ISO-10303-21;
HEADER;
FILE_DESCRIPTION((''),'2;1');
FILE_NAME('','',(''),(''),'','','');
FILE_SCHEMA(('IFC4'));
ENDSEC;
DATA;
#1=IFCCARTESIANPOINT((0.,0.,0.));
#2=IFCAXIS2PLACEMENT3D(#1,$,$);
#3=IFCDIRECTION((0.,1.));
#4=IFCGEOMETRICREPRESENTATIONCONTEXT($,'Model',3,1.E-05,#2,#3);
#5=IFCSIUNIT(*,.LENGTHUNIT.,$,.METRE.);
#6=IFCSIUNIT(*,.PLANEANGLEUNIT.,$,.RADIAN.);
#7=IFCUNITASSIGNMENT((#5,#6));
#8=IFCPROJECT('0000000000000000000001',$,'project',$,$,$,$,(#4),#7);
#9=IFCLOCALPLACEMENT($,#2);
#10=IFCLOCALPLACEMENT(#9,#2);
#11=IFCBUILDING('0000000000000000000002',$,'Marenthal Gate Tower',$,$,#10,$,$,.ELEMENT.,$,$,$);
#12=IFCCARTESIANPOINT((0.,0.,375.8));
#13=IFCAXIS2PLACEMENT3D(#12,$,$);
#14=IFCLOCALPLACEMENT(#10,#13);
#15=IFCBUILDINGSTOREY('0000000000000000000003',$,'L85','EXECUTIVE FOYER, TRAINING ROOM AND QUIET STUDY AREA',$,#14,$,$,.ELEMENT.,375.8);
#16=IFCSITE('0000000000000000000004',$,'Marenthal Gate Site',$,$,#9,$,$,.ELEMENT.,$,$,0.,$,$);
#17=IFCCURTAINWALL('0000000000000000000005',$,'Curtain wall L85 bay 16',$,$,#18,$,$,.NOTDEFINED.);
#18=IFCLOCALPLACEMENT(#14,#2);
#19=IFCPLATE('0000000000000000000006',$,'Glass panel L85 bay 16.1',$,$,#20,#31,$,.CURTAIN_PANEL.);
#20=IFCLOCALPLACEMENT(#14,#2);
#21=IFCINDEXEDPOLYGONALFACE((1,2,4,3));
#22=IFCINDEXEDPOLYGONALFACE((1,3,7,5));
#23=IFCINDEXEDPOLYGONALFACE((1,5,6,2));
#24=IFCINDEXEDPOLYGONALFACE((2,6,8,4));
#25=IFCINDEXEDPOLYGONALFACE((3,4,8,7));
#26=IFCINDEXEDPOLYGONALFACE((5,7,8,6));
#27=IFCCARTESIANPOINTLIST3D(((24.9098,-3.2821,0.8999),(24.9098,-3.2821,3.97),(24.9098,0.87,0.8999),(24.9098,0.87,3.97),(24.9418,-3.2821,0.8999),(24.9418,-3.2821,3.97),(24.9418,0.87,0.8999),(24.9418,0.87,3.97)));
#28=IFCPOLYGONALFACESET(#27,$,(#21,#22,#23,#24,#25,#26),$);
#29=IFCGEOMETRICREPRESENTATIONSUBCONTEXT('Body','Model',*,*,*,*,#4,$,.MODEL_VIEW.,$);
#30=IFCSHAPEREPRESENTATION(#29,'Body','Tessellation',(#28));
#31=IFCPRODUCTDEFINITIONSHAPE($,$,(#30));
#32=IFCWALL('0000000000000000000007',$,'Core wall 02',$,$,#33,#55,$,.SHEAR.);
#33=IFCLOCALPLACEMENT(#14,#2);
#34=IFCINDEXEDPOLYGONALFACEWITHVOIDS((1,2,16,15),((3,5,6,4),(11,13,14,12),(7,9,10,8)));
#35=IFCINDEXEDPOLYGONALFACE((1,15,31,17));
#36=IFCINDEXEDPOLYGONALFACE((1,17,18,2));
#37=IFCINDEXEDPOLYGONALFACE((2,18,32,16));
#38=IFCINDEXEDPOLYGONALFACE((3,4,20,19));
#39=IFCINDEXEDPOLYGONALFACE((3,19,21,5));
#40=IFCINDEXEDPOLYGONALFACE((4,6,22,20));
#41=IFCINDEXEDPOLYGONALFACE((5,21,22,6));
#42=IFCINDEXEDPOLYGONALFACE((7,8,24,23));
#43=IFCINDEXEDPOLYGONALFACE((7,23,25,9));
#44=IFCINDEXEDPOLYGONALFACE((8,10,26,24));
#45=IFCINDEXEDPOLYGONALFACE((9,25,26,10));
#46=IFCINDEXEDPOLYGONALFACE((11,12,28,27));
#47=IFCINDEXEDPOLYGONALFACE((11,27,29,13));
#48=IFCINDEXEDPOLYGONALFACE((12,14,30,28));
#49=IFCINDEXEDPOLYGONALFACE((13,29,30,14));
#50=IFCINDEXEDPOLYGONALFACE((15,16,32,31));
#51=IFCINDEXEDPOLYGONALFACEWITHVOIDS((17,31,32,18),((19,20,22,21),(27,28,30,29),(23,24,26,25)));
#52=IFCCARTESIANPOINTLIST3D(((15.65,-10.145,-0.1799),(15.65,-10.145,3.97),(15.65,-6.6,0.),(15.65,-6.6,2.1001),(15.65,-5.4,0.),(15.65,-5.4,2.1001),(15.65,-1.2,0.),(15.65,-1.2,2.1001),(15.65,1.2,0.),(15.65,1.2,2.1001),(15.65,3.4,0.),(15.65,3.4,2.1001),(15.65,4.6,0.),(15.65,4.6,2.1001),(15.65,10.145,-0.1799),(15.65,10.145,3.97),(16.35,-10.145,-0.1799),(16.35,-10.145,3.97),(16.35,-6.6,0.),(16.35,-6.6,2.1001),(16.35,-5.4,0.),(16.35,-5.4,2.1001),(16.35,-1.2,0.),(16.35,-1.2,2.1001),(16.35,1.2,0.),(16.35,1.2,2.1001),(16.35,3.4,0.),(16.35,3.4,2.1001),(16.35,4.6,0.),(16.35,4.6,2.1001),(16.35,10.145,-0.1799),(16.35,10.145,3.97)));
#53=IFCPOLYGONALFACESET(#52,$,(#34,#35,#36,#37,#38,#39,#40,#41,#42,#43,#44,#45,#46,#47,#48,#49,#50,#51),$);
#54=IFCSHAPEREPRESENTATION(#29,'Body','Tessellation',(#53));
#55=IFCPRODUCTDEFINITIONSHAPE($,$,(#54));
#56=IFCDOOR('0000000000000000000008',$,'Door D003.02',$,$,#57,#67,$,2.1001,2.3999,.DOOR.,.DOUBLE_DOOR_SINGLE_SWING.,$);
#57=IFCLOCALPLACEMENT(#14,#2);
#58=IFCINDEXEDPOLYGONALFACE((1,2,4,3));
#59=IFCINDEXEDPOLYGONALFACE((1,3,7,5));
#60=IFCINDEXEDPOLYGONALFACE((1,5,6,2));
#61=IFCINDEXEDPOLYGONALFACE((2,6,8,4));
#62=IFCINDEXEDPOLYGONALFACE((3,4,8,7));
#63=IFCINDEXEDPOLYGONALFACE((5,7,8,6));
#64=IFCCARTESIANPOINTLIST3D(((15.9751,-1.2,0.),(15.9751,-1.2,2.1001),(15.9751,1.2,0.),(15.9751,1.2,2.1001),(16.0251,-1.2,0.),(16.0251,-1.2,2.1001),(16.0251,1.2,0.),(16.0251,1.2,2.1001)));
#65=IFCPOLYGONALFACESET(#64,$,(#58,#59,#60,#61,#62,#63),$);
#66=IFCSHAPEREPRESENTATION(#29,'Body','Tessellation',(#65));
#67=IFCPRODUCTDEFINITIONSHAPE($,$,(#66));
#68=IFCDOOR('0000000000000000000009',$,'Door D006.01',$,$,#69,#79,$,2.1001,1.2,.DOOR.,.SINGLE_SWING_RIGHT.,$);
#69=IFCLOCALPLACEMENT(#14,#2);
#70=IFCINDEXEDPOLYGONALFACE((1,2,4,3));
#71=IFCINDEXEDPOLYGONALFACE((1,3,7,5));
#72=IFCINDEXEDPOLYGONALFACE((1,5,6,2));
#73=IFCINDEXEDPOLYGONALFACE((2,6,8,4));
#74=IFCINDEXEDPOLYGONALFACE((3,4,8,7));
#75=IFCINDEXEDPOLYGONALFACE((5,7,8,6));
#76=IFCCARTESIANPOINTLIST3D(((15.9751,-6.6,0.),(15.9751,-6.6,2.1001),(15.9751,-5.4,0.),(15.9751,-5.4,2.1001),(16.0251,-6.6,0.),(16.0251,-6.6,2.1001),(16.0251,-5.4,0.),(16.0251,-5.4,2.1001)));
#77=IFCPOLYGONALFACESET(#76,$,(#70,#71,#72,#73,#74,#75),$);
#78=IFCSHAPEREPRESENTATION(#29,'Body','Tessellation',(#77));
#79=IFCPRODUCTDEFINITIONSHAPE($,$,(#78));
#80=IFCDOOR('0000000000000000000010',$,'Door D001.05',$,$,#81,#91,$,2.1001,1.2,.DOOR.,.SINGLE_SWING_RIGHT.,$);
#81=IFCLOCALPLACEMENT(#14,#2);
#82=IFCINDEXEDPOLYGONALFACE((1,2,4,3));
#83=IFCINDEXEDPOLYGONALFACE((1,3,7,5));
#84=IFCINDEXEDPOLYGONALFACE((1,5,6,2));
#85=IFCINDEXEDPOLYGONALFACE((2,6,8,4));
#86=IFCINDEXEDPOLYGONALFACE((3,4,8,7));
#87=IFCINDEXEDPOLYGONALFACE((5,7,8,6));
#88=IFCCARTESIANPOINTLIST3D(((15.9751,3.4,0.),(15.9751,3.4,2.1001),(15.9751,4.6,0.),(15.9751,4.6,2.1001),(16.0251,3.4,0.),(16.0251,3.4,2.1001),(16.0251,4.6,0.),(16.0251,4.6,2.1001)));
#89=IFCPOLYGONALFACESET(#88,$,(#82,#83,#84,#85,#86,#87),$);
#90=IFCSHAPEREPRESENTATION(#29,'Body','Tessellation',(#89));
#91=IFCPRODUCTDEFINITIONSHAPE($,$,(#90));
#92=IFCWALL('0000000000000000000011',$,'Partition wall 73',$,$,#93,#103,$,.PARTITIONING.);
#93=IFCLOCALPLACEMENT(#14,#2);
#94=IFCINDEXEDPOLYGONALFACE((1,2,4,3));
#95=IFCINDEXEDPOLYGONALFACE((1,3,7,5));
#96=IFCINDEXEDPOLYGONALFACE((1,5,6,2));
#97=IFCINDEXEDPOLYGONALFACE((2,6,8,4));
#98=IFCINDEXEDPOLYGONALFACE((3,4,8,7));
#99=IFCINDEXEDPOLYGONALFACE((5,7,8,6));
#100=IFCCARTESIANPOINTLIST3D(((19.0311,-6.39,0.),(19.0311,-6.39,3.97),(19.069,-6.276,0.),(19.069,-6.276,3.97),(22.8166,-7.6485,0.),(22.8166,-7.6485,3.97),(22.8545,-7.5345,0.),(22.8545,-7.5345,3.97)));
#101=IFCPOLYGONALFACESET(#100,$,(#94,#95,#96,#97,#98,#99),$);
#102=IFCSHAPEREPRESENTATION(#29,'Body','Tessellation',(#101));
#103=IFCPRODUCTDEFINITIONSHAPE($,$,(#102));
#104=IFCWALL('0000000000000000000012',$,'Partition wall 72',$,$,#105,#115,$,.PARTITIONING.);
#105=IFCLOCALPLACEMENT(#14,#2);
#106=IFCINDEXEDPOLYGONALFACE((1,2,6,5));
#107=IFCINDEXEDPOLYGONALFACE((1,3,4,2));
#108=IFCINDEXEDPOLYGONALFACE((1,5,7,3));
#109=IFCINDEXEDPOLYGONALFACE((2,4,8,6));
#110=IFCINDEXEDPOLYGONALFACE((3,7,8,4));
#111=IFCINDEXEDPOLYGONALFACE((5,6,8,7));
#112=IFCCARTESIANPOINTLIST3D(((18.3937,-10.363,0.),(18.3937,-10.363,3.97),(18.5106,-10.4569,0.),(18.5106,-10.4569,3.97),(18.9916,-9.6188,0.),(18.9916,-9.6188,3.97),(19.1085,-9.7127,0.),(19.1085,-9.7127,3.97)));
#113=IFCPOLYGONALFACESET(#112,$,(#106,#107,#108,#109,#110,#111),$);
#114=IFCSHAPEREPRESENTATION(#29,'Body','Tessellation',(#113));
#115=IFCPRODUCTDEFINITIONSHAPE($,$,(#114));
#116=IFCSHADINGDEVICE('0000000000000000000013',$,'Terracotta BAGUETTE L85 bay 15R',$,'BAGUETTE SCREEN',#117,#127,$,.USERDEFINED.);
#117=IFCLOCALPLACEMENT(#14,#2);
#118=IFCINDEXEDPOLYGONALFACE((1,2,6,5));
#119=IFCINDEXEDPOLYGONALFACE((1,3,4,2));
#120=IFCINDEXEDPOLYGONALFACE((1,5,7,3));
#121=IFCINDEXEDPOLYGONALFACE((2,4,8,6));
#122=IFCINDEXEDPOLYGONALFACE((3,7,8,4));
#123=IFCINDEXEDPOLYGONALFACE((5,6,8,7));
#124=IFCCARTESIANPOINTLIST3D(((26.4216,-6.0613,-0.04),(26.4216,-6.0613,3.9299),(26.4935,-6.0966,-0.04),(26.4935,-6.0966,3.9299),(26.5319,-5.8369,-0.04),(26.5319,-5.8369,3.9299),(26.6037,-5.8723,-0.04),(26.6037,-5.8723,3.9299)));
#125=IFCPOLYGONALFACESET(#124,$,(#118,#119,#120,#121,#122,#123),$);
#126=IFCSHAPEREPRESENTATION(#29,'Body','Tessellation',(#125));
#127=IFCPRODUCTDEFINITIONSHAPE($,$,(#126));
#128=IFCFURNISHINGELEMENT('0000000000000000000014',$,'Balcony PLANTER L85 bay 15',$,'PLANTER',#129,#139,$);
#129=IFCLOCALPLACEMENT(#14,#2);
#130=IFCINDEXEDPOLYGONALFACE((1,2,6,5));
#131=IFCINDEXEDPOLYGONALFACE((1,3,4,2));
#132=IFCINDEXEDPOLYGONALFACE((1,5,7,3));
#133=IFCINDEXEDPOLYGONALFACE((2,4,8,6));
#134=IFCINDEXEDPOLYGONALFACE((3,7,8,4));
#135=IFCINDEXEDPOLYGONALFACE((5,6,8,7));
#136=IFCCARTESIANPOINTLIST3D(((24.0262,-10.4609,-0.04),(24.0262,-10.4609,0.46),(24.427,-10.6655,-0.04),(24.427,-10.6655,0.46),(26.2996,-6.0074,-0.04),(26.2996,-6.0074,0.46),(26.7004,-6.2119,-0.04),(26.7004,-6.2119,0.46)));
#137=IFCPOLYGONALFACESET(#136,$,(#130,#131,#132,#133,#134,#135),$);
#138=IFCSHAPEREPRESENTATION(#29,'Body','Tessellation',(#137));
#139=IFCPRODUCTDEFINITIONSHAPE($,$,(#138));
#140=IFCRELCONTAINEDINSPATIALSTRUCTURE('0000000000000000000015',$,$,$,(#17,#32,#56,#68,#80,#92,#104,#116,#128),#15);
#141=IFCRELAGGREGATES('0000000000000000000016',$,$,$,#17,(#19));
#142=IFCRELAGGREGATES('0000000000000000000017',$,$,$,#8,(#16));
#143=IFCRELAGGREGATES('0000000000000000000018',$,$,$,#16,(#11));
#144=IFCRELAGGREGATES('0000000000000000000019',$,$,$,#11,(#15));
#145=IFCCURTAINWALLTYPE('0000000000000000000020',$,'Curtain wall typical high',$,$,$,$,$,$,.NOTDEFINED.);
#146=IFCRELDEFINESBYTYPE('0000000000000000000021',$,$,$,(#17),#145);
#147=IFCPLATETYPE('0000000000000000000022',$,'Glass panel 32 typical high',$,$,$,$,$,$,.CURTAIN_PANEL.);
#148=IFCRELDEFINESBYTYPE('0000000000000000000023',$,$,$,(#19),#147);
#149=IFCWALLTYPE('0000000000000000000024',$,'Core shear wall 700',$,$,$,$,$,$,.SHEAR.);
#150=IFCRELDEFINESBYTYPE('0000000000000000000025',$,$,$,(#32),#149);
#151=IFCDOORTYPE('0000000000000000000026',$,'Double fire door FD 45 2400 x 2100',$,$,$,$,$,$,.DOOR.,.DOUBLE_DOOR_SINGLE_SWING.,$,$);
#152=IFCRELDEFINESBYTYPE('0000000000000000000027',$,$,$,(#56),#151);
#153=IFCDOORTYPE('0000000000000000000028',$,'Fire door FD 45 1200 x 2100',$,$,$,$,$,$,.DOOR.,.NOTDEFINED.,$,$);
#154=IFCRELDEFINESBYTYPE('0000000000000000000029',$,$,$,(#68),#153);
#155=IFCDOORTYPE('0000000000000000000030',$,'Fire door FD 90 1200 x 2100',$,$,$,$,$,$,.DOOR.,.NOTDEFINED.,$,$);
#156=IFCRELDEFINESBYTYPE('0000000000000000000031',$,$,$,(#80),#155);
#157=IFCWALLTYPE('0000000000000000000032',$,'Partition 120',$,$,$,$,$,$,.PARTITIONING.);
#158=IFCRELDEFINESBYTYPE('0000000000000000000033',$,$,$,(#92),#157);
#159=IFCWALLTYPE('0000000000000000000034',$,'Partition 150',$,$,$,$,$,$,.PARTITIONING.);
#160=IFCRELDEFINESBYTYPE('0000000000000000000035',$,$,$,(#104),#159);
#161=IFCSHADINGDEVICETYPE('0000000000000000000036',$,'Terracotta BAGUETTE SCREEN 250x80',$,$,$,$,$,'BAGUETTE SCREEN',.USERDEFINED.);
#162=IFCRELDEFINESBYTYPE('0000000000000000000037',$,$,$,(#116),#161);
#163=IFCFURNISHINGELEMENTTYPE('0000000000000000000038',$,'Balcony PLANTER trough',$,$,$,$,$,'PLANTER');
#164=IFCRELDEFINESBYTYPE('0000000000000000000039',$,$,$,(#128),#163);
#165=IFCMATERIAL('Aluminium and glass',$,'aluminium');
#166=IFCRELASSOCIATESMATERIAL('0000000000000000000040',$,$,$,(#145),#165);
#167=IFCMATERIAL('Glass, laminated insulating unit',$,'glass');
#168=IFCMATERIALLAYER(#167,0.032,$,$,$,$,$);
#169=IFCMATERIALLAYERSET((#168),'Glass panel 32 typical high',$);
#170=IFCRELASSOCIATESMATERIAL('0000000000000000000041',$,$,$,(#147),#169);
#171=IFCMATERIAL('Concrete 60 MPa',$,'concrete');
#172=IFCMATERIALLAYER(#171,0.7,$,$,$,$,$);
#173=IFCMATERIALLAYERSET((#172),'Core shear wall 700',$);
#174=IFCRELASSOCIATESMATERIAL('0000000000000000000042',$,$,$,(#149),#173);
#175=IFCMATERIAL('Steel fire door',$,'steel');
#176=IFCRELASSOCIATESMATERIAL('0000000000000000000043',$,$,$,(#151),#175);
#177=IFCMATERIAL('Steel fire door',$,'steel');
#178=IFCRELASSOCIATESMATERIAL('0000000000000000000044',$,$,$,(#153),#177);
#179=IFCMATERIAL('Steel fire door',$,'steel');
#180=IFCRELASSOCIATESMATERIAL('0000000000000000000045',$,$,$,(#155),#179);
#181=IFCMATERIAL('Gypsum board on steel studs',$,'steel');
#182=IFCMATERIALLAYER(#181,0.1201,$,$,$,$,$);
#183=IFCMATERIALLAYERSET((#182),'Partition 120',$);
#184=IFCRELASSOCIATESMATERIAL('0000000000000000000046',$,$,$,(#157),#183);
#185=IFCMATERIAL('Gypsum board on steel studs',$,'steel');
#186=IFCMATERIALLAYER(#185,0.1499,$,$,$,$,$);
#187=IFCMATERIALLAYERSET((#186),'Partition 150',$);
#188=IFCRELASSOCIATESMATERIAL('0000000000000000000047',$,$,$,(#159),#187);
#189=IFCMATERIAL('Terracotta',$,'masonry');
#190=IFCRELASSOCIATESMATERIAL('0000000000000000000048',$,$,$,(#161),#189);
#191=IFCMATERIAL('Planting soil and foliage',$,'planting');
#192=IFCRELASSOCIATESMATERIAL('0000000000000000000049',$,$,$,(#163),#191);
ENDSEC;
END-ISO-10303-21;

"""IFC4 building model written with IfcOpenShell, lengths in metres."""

from ifc_helpers import new_model, si_unit, direction, frame, frame_2d, origin, origin_2d, place, context, subcontext, project, spatial, rectangle, extrude, material, layer, layer_set, material_profile, profile_set, type_object, element, fill, aggregate, save


model = new_model("IFC4")

# Units and contexts
model_context = context("Model", 3, precision=1e-05, world=origin(), true_north=direction((0.0, 1.0)))
body_context = subcontext(model_context, "Body", "Model", "MODEL_VIEW")
ifc_project = project(units=[si_unit("LENGTHUNIT", "METRE"), si_unit("PLANEANGLEUNIT", "RADIAN")], contexts=[model_context])

# Site, building, storey
site_placement = place(None, origin())
site = spatial("IfcSite", under=ifc_project, at=site_placement, Name="Marenthal Gate Site", CompositionType="ELEMENT", RefElevation=0.0)
building_placement = place(site_placement, origin())
building = spatial("IfcBuilding", under=site, at=building_placement, Name="Marenthal Gate Tower", CompositionType="ELEMENT")
storey_placement = place(building_placement, frame((0.0, 0.0, 375.8)))
storey = spatial("IfcBuildingStorey", under=building, at=storey_placement, Name="L85", Description="EXECUTIVE FOYER, TRAINING ROOM AND QUIET STUDY AREA", CompositionType="ELEMENT", Elevation=375.8)

# Curtain wall
ifc_material_1 = material(Name="Aluminium and glass", Category="aluminium")
curtain_wall_type = type_object("IfcCurtainWallType", Name="Curtain wall typical high", PredefinedType="NOTDEFINED", material=ifc_material_1)
curtain_wall_placement = place(storey_placement, origin())
curtain_wall = element("IfcCurtainWall", 1, at=curtain_wall_placement, inside=storey, type_object=curtain_wall_type, Name="Curtain wall L85 bay 16", PredefinedType="NOTDEFINED")

# Plate
ifc_material_2 = material(Name="Glass, laminated insulating unit", Category="glass")
ifc_layer_1 = layer(ifc_material_2, 0.032)
ifc_layer_set_1 = layer_set([ifc_layer_1], Name="Glass panel 32 typical high")
plate_type = type_object("IfcPlateType", Name="Glass panel 32 typical high", PredefinedType="CURTAIN_PANEL", material=ifc_layer_set_1)
plate_placement = place(storey_placement, frame((24.9258, -1.2061, 0.8999), z_axis=(0.0, 0.0, 1.0), x_axis=(0.0, 1.0, 0.0)))
plate = element("IfcPlate", 2, at=plate_placement, type_object=plate_type, Name="Glass panel L85 bay 16.1", PredefinedType="CURTAIN_PANEL", context=body_context, shape_type="SweptSolid", body=[
    extrude(rectangle(XDim=4.1521, YDim=0.032, at=origin_2d()), origin(), (0.0, 0.0, 1.0), 3.0701),
])
aggregate(curtain_wall, [plate])

# Wall, openings, doors
ifc_material_3 = material(Name="Concrete 60 MPa", Category="concrete")
ifc_layer_2 = layer(ifc_material_3, 0.7)
ifc_layer_set_2 = layer_set([ifc_layer_2], Name="Core shear wall 700")
wall_type_1 = type_object("IfcWallType", Name="Core shear wall 700", PredefinedType="SHEAR", material=ifc_layer_set_2)
wall_1_placement = place(storey_placement, frame((16.0, -10.145, -0.1799), z_axis=(0.0, 0.0, 1.0), x_axis=(0.0, 1.0, 0.0)))
wall_1 = element("IfcWall", 3, at=wall_1_placement, inside=storey, type_object=wall_type_1, Name="Core wall 02", PredefinedType="SHEAR", context=body_context, shape_type="SweptSolid", body=[
    extrude(rectangle(XDim=20.29, YDim=0.7, at=frame_2d((10.145, 0.0))), origin(), (0.0, 0.0, 1.0), 4.1499),
])
opening_1_placement = place(wall_1_placement, frame((8.9451, 0.0, 0.1799)))
opening_1 = element("IfcOpeningElement", 4, at=opening_1_placement, cuts=wall_1, PredefinedType="OPENING", context=body_context, shape_type="SweptSolid", body=[
    extrude(rectangle(XDim=2.3999, YDim=2.1001, at=frame_2d((1.2, 1.05))), frame((0.0, 0.3599, 0.0), z_axis=(0.0, -1.0, 0.0), x_axis=(1.0, 0.0, 0.0)), (0.0, 0.0, 1.0), 0.72),
])
opening_2_placement = place(wall_1_placement, frame((13.5449, 0.0, 0.1799)))
opening_2 = element("IfcOpeningElement", 5, at=opening_2_placement, cuts=wall_1, PredefinedType="OPENING", context=body_context, shape_type="SweptSolid", body=[
    extrude(rectangle(XDim=1.2, YDim=2.1001, at=frame_2d((0.6001, 1.05))), frame((0.0, 0.3599, 0.0), z_axis=(0.0, -1.0, 0.0), x_axis=(1.0, 0.0, 0.0)), (0.0, 0.0, 1.0), 0.72),
])
opening_3_placement = place(wall_1_placement, frame((3.5449, 0.0, 0.1799)))
opening_3 = element("IfcOpeningElement", 6, at=opening_3_placement, cuts=wall_1, PredefinedType="OPENING", context=body_context, shape_type="SweptSolid", body=[
    extrude(rectangle(XDim=1.2, YDim=2.1001, at=frame_2d((0.6001, 1.05))), frame((0.0, 0.3599, 0.0), z_axis=(0.0, -1.0, 0.0), x_axis=(1.0, 0.0, 0.0)), (0.0, 0.0, 1.0), 0.72),
])
ifc_material_4 = material(Name="Steel fire door", Category="steel")
door_type_1 = type_object("IfcDoorType", Name="Double fire door FD 45 2400 x 2100", OperationType="DOUBLE_DOOR_SINGLE_SWING", PredefinedType="DOOR", material=ifc_material_4)
door_1_placement = place(opening_1_placement, origin())
door_1 = element("IfcDoor", 7, at=door_1_placement, inside=storey, type_object=door_type_1, Name="Door D003.02", OperationType="DOUBLE_DOOR_SINGLE_SWING", OverallHeight=2.1001, OverallWidth=2.3999, PredefinedType="DOOR", context=body_context, shape_type="SweptSolid", body=[
    extrude(rectangle(XDim=2.3999, YDim=2.1001, at=frame_2d((1.2, 1.05))), frame((0.0, 0.0249, 0.0), z_axis=(0.0, -1.0, 0.0), x_axis=(1.0, 0.0, 0.0)), (0.0, 0.0, 1.0), 0.05),
])
fill(opening_1, door_1)
ifc_material_5 = material(Name="Steel fire door", Category="steel")
door_type_2 = type_object("IfcDoorType", Name="Fire door FD 45 1200 x 2100", OperationType="NOTDEFINED", PredefinedType="DOOR", material=ifc_material_5)
door_2_placement = place(opening_3_placement, origin())
door_2 = element("IfcDoor", 8, at=door_2_placement, inside=storey, type_object=door_type_2, Name="Door D006.01", OperationType="SINGLE_SWING_RIGHT", OverallHeight=2.1001, OverallWidth=1.2, PredefinedType="DOOR", context=body_context, shape_type="SweptSolid", body=[
    extrude(rectangle(XDim=1.2, YDim=2.1001, at=frame_2d((0.6001, 1.05))), frame((0.0, 0.0249, 0.0), z_axis=(0.0, -1.0, 0.0), x_axis=(1.0, 0.0, 0.0)), (0.0, 0.0, 1.0), 0.05),
])
fill(opening_3, door_2)
ifc_material_6 = material(Name="Steel fire door", Category="steel")
door_type_3 = type_object("IfcDoorType", Name="Fire door FD 90 1200 x 2100", OperationType="NOTDEFINED", PredefinedType="DOOR", material=ifc_material_6)
door_3_placement = place(opening_2_placement, origin())
door_3 = element("IfcDoor", 9, at=door_3_placement, inside=storey, type_object=door_type_3, Name="Door D001.05", OperationType="SINGLE_SWING_RIGHT", OverallHeight=2.1001, OverallWidth=1.2, PredefinedType="DOOR", context=body_context, shape_type="SweptSolid", body=[
    extrude(rectangle(XDim=1.2, YDim=2.1001, at=frame_2d((0.6001, 1.05))), frame((0.0, 0.0249, 0.0), z_axis=(0.0, -1.0, 0.0), x_axis=(1.0, 0.0, 0.0)), (0.0, 0.0, 1.0), 0.05),
])
fill(opening_2, door_3)

# Walls
ifc_material_7 = material(Name="Gypsum board on steel studs", Category="steel")
ifc_layer_3 = layer(ifc_material_7, 0.1201)
ifc_layer_set_3 = layer_set([ifc_layer_3], Name="Partition 120")
wall_type_2 = type_object("IfcWallType", Name="Partition 120", PredefinedType="PARTITIONING", material=ifc_layer_set_3)
wall_2_placement = place(storey_placement, frame((19.05, -6.333, 0.0), z_axis=(0.0, 0.0, 1.0), x_axis=(0.948934, -0.315475, 0.0)))
element("IfcWall", 10, at=wall_2_placement, inside=storey, type_object=wall_type_2, Name="Partition wall 73", PredefinedType="PARTITIONING", context=body_context, shape_type="SweptSolid", body=[
    extrude(rectangle(XDim=3.9893, YDim=0.1201, at=frame_2d((1.9946, 0.0))), origin(), (0.0, 0.0, 1.0), 3.97),
])
ifc_material_8 = material(Name="Gypsum board on steel studs", Category="steel")
ifc_layer_4 = layer(ifc_material_8, 0.1499)
ifc_layer_set_4 = layer_set([ifc_layer_4], Name="Partition 150")
wall_type_3 = type_object("IfcWallType", Name="Partition 150", PredefinedType="PARTITIONING", material=ifc_layer_set_4)
wall_3_placement = place(storey_placement, frame((19.05, -9.6658, 0.0), z_axis=(0.0, 0.0, 1.0), x_axis=(-0.626347, -0.779545, 0.0)))
element("IfcWall", 11, at=wall_3_placement, inside=storey, type_object=wall_type_3, Name="Partition wall 72", PredefinedType="PARTITIONING", context=body_context, shape_type="SweptSolid", body=[
    extrude(rectangle(XDim=0.9546, YDim=0.1499, at=frame_2d((0.4773, 0.0))), origin(), (0.0, 0.0, 1.0), 3.97),
])

# Shading device
ifc_material_9 = material(Name="Terracotta", Category="masonry")
ifc_material_profile_1 = material_profile(ifc_material_9, rectangle(XDim=0.25, YDim=0.0801, at=origin_2d()), Name="Terracotta baguette 250x80")
ifc_profile_set_1 = profile_set([ifc_material_profile_1], Name="Terracotta")
shading_device_type = type_object("IfcShadingDeviceType", Name="Terracotta BAGUETTE SCREEN 250x80", ElementType="BAGUETTE SCREEN", PredefinedType="USERDEFINED", material=ifc_profile_set_1)
shading_device_placement = place(storey_placement, frame((26.5127, -5.9668, -0.04), z_axis=(0.0, 0.0, 1.0), x_axis=(0.440939, 0.897537, 0.0)))
element("IfcShadingDevice", 12, at=shading_device_placement, inside=storey, type_object=shading_device_type, Name="Terracotta BAGUETTE L85 bay 15R", ObjectType="BAGUETTE SCREEN", PredefinedType="USERDEFINED", context=body_context, shape_type="SweptSolid", body=[
    extrude(rectangle(XDim=0.25, YDim=0.0801, at=origin_2d()), origin(), (0.0, 0.0, 1.0), 3.97),
])

# Furnishing element
ifc_material_10 = material(Name="Planting soil and foliage", Category="planting")
furnishing_element_type = type_object("IfcFurnishingElementType", Name="Balcony PLANTER trough", ElementType="PLANTER", material=ifc_material_10)
furnishing_placement = place(storey_placement, frame((25.3633, -8.3364, -0.04), z_axis=(0.0, 0.0, 1.0), x_axis=(0.454654, 0.890668, 0.0)))
element("IfcFurnishingElement", 13, at=furnishing_placement, inside=storey, type_object=furnishing_element_type, Name="Balcony PLANTER L85 bay 15", ObjectType="PLANTER", context=body_context, shape_type="SweptSolid", body=[
    extrude(rectangle(XDim=5.0002, YDim=0.45, at=origin_2d()), origin(), (0.0, 0.0, 1.0), 0.5),
])

save(model, "model.ifc")
